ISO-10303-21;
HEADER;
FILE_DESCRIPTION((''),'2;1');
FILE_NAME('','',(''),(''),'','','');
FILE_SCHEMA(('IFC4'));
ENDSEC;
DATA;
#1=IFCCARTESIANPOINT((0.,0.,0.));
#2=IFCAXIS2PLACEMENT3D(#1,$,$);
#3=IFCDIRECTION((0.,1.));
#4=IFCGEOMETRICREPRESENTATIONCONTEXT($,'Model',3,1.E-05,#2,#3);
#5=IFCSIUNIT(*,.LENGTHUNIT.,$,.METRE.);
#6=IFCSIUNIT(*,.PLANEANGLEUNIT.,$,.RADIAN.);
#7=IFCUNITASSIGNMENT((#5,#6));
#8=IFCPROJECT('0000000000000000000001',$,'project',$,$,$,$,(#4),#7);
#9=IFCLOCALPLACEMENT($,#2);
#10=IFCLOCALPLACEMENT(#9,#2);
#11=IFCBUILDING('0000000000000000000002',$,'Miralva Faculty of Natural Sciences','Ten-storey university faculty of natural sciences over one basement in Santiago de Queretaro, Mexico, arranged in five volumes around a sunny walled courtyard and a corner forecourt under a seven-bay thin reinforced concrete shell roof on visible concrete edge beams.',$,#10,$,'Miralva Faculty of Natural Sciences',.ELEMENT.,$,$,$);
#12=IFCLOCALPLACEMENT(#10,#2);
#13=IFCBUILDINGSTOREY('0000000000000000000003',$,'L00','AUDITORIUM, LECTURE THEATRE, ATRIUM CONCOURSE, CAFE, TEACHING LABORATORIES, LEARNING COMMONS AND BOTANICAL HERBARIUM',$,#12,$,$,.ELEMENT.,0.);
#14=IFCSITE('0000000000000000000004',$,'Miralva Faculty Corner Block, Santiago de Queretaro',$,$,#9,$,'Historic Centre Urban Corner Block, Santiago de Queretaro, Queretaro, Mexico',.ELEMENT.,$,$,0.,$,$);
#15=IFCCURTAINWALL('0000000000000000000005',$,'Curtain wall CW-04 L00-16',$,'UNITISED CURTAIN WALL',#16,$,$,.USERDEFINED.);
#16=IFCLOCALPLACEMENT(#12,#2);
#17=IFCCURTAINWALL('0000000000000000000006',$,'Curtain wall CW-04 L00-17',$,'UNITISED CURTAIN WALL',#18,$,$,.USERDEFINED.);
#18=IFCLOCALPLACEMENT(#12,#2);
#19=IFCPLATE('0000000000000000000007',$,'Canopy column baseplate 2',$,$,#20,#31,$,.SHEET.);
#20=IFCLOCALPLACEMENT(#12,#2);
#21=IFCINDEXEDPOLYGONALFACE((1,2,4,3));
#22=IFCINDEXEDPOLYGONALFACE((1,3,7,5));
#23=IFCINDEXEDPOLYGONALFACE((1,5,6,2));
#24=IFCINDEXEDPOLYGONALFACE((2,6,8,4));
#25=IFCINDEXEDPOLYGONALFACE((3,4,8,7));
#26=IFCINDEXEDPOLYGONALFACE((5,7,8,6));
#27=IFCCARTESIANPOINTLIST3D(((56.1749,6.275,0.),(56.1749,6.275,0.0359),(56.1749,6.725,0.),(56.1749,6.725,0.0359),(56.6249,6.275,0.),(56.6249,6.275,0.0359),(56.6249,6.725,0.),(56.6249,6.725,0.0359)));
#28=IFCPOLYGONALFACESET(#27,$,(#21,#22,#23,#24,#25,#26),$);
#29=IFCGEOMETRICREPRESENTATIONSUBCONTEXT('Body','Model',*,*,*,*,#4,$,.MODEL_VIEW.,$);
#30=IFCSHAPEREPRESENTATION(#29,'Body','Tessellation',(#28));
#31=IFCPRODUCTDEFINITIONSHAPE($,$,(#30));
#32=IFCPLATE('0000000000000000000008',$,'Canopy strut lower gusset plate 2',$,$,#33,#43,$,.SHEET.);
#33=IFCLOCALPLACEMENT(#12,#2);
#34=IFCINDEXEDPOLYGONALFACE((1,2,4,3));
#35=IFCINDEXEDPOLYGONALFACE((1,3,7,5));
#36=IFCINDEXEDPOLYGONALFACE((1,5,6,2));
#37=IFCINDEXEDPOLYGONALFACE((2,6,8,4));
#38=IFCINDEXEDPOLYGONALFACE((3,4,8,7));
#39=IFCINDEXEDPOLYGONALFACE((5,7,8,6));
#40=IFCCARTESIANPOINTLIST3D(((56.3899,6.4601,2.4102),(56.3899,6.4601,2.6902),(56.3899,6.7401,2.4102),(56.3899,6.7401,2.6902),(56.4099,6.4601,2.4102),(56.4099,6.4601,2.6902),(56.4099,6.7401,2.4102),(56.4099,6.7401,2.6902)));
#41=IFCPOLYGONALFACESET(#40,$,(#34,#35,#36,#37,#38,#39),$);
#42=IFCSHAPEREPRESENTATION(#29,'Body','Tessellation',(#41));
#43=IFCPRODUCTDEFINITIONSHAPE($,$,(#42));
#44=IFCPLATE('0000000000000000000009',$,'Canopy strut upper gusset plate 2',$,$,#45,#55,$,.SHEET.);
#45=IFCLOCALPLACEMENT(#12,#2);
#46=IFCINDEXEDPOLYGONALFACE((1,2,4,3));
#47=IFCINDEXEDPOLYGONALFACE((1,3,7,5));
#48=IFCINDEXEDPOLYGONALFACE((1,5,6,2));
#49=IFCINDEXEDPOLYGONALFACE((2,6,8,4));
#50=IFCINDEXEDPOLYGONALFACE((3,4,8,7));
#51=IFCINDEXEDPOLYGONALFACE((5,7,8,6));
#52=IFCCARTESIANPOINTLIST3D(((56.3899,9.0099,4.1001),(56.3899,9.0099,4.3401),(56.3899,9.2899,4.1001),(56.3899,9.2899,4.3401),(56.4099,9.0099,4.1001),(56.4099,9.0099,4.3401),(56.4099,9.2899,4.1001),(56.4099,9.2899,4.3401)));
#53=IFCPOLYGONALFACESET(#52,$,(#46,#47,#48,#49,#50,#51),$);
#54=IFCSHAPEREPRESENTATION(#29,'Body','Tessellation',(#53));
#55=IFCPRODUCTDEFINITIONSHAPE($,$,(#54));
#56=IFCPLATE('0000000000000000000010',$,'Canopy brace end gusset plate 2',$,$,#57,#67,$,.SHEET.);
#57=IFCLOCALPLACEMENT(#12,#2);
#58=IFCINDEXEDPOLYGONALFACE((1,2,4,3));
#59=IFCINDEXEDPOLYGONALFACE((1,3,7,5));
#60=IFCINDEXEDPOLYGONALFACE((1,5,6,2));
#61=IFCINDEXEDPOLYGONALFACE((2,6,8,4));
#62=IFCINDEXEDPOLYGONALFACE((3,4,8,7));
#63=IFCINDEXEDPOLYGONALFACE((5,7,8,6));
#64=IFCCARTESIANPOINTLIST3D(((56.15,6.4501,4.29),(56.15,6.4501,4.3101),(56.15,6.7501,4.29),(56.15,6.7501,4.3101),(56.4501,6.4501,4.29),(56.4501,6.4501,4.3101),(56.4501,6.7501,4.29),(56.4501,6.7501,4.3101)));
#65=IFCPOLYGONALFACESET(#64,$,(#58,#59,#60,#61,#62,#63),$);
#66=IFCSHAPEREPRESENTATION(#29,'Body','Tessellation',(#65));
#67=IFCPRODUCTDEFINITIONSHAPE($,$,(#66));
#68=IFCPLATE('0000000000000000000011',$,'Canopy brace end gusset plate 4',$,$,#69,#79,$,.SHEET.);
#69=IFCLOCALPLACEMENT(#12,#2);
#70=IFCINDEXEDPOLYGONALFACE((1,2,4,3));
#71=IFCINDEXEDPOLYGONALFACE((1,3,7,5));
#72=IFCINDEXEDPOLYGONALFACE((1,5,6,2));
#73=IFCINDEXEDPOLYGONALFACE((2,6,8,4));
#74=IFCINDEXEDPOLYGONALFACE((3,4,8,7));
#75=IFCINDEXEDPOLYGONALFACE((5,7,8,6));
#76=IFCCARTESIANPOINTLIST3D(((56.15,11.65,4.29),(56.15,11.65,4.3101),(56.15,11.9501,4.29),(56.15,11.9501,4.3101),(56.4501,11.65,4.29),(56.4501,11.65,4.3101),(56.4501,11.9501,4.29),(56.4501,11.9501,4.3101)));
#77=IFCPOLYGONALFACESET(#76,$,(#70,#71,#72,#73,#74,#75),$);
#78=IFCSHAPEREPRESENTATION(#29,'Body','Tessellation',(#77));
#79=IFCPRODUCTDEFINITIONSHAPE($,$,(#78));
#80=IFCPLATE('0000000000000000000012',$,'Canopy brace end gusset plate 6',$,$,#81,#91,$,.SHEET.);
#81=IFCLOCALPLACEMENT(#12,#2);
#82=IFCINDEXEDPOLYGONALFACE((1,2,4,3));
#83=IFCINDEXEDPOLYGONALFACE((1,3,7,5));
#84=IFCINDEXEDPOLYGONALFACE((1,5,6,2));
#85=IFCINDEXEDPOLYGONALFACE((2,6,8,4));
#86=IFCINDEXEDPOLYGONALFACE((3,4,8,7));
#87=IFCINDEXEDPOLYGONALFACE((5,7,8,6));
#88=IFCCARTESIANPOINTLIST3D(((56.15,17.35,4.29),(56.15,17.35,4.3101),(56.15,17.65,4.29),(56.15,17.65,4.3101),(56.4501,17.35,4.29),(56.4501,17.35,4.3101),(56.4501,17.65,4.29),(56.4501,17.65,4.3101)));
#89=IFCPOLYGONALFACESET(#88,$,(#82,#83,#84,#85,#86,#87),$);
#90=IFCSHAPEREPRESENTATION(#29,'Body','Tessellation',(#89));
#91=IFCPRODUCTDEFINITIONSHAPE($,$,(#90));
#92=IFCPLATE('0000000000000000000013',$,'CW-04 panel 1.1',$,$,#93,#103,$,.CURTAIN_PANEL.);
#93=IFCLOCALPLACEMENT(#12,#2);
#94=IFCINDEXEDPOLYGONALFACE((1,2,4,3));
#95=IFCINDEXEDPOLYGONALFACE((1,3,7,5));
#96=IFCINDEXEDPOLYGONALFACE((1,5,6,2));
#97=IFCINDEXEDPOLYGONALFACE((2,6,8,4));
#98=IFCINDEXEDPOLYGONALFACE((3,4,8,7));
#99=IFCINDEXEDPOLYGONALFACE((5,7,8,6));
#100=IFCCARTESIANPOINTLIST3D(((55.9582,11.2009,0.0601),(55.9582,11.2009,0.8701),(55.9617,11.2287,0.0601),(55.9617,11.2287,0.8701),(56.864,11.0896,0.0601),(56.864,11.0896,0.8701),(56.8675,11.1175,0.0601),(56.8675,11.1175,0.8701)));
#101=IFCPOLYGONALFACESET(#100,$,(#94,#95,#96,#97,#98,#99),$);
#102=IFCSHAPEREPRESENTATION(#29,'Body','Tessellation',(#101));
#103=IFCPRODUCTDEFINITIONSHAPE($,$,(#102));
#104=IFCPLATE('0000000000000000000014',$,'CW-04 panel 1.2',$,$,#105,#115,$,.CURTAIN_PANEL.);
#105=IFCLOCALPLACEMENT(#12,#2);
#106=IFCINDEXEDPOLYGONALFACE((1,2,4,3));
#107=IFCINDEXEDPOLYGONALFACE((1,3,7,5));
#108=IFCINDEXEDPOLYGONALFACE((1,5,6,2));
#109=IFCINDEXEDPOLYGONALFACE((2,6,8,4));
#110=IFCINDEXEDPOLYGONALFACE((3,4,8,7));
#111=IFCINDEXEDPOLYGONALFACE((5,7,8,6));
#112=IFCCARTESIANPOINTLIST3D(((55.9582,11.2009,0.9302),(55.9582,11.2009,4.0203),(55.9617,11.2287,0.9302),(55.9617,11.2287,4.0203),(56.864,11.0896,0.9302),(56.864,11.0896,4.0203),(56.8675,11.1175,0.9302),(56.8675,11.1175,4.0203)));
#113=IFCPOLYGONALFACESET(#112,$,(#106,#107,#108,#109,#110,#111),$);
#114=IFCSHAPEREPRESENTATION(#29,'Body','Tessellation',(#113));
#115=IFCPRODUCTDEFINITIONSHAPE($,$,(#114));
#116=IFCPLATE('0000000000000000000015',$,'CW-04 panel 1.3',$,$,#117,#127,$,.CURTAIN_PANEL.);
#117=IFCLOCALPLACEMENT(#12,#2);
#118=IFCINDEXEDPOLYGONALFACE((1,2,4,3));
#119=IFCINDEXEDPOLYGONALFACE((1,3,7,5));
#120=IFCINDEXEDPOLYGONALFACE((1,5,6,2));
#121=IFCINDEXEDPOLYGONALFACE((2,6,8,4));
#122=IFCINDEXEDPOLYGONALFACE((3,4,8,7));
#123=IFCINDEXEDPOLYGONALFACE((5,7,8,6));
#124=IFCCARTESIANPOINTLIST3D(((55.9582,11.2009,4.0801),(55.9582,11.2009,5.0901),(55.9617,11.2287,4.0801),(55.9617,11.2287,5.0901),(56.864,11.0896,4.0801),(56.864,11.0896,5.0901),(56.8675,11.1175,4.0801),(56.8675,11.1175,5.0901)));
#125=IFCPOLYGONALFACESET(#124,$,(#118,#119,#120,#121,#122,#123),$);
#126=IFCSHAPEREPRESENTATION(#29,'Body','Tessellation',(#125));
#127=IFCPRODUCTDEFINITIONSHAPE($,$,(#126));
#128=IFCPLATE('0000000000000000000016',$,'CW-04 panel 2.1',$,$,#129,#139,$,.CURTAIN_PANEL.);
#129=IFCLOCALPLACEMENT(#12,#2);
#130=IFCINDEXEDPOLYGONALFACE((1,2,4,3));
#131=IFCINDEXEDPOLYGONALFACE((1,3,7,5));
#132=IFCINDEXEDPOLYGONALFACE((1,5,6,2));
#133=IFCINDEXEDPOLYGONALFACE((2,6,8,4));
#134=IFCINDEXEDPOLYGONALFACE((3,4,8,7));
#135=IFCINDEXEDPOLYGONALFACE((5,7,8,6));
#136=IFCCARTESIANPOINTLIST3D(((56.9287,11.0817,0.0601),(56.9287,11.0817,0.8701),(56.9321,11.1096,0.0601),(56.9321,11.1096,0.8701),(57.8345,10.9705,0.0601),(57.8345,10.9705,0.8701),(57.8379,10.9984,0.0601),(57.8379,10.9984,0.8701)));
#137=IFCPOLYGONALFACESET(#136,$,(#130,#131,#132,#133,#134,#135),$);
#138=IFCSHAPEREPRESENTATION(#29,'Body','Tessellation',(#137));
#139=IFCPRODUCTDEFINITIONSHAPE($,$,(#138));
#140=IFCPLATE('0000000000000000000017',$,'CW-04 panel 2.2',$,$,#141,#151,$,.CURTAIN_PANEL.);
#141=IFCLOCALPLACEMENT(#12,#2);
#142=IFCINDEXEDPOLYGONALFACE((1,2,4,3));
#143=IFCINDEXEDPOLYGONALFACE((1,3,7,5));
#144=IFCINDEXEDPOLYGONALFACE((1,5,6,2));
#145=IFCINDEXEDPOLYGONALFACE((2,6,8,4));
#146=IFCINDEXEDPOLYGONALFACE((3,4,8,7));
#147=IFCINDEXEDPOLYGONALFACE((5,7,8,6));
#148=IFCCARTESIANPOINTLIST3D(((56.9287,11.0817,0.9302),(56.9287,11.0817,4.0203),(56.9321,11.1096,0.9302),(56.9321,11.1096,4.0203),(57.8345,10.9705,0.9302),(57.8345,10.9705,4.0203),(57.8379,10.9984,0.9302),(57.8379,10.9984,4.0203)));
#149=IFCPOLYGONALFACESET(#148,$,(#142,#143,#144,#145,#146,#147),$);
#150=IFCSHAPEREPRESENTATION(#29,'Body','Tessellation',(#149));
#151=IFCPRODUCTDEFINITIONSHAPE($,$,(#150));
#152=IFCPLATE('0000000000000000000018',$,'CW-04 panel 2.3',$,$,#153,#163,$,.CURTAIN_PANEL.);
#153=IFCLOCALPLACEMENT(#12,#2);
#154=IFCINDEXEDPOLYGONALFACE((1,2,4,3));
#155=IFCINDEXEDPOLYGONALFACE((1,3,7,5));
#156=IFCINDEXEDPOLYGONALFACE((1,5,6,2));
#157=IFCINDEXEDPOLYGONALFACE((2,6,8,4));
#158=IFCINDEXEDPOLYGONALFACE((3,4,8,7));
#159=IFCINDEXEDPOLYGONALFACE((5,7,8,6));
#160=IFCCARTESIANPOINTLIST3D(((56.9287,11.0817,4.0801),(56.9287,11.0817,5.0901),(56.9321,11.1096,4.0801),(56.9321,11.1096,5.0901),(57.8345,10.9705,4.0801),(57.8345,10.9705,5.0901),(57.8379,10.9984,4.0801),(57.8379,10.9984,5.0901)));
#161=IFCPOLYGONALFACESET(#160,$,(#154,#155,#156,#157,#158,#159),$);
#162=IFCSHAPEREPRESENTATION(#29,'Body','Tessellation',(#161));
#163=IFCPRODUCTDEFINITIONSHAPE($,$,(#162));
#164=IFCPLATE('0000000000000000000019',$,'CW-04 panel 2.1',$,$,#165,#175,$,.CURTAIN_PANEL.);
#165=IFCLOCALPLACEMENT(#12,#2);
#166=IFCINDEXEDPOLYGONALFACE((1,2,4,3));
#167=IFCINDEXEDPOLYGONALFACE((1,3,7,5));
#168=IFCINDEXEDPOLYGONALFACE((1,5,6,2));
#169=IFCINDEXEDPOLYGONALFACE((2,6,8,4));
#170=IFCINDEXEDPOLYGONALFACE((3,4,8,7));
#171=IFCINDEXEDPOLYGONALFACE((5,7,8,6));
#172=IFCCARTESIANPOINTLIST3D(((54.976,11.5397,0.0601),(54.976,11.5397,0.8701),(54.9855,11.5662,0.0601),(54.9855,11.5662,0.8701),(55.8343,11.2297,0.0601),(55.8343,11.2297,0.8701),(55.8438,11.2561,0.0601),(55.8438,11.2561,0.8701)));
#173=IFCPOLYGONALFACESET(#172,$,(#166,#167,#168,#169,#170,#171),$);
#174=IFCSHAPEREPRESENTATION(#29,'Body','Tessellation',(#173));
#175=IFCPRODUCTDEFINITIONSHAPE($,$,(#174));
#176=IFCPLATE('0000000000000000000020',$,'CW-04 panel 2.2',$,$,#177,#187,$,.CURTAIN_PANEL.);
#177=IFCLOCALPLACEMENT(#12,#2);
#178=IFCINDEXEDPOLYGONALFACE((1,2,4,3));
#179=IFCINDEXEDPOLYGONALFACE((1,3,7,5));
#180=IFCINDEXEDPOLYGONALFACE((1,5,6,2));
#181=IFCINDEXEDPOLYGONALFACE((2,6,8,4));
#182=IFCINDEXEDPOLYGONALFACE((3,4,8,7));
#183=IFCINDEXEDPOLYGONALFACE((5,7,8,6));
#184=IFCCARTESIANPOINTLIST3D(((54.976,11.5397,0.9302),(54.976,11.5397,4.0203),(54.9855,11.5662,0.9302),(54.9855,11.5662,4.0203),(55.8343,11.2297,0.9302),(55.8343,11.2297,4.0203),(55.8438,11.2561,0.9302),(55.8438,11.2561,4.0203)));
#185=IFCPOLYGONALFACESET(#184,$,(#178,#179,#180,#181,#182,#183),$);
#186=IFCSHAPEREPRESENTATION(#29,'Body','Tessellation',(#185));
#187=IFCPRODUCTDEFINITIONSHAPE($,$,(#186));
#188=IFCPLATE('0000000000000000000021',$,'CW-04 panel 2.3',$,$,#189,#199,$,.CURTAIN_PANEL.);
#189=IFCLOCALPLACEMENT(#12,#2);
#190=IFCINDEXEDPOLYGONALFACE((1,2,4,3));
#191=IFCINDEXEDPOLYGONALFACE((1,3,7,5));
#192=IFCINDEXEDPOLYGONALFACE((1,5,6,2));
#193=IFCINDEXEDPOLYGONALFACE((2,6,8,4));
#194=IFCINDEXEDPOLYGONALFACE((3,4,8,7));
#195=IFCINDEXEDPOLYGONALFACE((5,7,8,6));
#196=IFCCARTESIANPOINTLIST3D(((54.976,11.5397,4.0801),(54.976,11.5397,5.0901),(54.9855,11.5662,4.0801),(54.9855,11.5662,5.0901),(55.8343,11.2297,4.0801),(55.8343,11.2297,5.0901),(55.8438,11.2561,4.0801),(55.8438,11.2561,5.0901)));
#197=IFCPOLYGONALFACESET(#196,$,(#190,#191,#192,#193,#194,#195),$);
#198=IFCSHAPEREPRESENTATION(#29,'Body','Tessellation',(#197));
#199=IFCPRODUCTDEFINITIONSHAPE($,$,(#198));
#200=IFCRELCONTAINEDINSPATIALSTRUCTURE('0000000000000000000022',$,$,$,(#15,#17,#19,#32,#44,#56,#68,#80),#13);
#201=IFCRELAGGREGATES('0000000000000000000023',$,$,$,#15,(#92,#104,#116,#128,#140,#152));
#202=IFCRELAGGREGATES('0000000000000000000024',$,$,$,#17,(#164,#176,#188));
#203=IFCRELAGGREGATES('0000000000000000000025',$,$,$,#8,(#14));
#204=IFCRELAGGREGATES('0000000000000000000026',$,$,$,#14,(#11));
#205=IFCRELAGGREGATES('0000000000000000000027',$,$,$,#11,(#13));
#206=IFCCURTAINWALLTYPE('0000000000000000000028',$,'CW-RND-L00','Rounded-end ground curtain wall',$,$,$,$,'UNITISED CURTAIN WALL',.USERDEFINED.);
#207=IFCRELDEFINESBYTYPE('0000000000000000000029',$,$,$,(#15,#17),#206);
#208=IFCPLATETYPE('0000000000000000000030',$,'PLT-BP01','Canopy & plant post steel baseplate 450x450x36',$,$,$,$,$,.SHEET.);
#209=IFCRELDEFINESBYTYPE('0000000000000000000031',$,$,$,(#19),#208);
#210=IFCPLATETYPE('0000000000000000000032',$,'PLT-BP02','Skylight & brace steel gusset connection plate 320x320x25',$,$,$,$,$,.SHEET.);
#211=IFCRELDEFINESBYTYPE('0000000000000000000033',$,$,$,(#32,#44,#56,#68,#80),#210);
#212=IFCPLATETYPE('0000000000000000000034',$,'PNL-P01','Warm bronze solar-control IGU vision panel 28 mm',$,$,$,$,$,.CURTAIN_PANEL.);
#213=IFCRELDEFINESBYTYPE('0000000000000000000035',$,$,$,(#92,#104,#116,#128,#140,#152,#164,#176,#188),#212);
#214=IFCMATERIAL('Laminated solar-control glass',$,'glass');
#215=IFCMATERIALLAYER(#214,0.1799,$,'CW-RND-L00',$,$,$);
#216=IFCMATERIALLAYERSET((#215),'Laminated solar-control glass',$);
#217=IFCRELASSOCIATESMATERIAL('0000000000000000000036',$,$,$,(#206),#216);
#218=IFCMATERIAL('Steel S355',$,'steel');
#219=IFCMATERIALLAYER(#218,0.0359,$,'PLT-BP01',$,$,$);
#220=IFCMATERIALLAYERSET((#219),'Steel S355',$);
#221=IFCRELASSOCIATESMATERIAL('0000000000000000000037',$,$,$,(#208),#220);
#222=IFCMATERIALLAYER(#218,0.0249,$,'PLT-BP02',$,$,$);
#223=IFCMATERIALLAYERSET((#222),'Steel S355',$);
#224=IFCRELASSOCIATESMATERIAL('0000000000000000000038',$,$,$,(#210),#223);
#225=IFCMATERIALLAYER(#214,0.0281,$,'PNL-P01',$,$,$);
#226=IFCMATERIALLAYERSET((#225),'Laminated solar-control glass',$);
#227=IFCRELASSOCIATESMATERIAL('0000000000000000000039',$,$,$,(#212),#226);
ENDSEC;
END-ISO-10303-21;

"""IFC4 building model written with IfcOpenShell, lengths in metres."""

from ifc_helpers import new_model, si_unit, direction, frame, origin, origin_2d, place, context, subcontext, project, spatial, rectangle, extrude, material, layer, layer_set, type_object, element, aggregate, save


model = new_model("IFC4")

# Units and contexts
model_context = context("Model", 3, precision=1e-05, world=origin(), true_north=direction((0.0, 1.0)))
body_context = subcontext(model_context, "Body", "Model", "MODEL_VIEW")
ifc_project = project(units=[si_unit("LENGTHUNIT", "METRE"), si_unit("PLANEANGLEUNIT", "RADIAN")], contexts=[model_context])

# Site, building, storey
site_placement = place(None, origin())
site = spatial("IfcSite", under=ifc_project, at=site_placement, Name="Miralva Faculty Corner Block, Santiago de Queretaro", LongName="Historic Centre Urban Corner Block, Santiago de Queretaro, Queretaro, Mexico", CompositionType="ELEMENT", RefElevation=0.0)
building_placement = place(site_placement, origin())
building = spatial("IfcBuilding", under=site, at=building_placement, Name="Miralva Faculty of Natural Sciences", Description="Ten-storey university faculty of natural sciences over one basement in Santiago de Queretaro, Mexico, arranged in five volumes around a sunny walled courtyard and a corner forecourt under a seven-bay thin reinforced concrete shell roof on visible concrete edge beams.", LongName="Miralva Faculty of Natural Sciences", CompositionType="ELEMENT")
storey_placement = place(building_placement, origin())
storey = spatial("IfcBuildingStorey", under=building, at=storey_placement, Name="L00", Description="AUDITORIUM, LECTURE THEATRE, ATRIUM CONCOURSE, CAFE, TEACHING LABORATORIES, LEARNING COMMONS AND BOTANICAL HERBARIUM", CompositionType="ELEMENT", Elevation=0.0)

# Shared definitions
ifc_material_1 = material(Name="Steel S355", Category="steel")

# Shared definitions
ifc_material_2 = material(Name="Laminated solar-control glass", Category="glass")
ifc_layer_1 = layer(ifc_material_2, 0.1799, Name="CW-RND-L00")
ifc_layer_set_1 = layer_set([ifc_layer_1], Name="Laminated solar-control glass")
curtain_wall_type = type_object("IfcCurtainWallType", Name="CW-RND-L00", Description="Rounded-end ground curtain wall", ElementType="UNITISED CURTAIN WALL", PredefinedType="USERDEFINED", material=ifc_layer_set_1)

# Curtain wall
curtain_wall_1_placement = place(storey_placement, origin())
curtain_wall_1 = element("IfcCurtainWall", 1, at=curtain_wall_1_placement, inside=storey, type_object=curtain_wall_type, Name="Curtain wall CW-04 L00-16", ObjectType="UNITISED CURTAIN WALL", PredefinedType="USERDEFINED")

# Curtain wall
curtain_wall_2_placement = place(storey_placement, origin())
curtain_wall_2 = element("IfcCurtainWall", 2, at=curtain_wall_2_placement, inside=storey, type_object=curtain_wall_type, Name="Curtain wall CW-04 L00-17", ObjectType="UNITISED CURTAIN WALL", PredefinedType="USERDEFINED")

# Plates
ifc_layer_2 = layer(ifc_material_1, 0.0359, Name="PLT-BP01")
ifc_layer_set_2 = layer_set([ifc_layer_2], Name="Steel S355")
plate_type_1 = type_object("IfcPlateType", Name="PLT-BP01", Description="Canopy & plant post steel baseplate 450x450x36", PredefinedType="SHEET", material=ifc_layer_set_2)
plate_1_placement = place(storey_placement, frame((56.3999, 6.5, 0.0), z_axis=(0.0, 0.0, 1.0), x_axis=(1.0, 0.0, 0.0)))
element("IfcPlate", 3, at=plate_1_placement, inside=storey, type_object=plate_type_1, Name="Canopy column baseplate 2", PredefinedType="SHEET", context=body_context, shape_type="SweptSolid", body=[
    extrude(rectangle(XDim=0.45, YDim=0.45, at=origin_2d()), origin(), (0.0, 0.0, 1.0), 0.0359),
])
ifc_layer_3 = layer(ifc_material_1, 0.0249, Name="PLT-BP02")
ifc_layer_set_3 = layer_set([ifc_layer_3], Name="Steel S355")
plate_type_2 = type_object("IfcPlateType", Name="PLT-BP02", Description="Skylight & brace steel gusset connection plate 320x320x25", PredefinedType="SHEET", material=ifc_layer_set_3)
plate_2_placement = place(storey_placement, frame((56.3999, 6.6001, 2.4102), z_axis=(0.0, 0.0, 1.0), x_axis=(1.0, 0.0, 0.0)))
element("IfcPlate", 4, at=plate_2_placement, inside=storey, type_object=plate_type_2, Name="Canopy strut lower gusset plate 2", PredefinedType="SHEET", context=body_context, shape_type="SweptSolid", body=[
    extrude(rectangle(XDim=0.02, YDim=0.28, at=origin_2d()), origin(), (0.0, 0.0, 1.0), 0.28),
])
plate_3_placement = place(storey_placement, frame((56.3999, 9.1499, 4.1001), z_axis=(0.0, 0.0, 1.0), x_axis=(1.0, 0.0, 0.0)))
element("IfcPlate", 5, at=plate_3_placement, inside=storey, type_object=plate_type_2, Name="Canopy strut upper gusset plate 2", PredefinedType="SHEET", context=body_context, shape_type="SweptSolid", body=[
    extrude(rectangle(XDim=0.02, YDim=0.28, at=origin_2d()), origin(), (0.0, 0.0, 1.0), 0.24),
])
for number, where, z_axis, x_axis, name in (
    (6, (56.3, 6.6001, 4.29), (0.0, 0.0, 1.0), (1.0, 0.0, 0.0), "Canopy brace end gusset plate 2"),
    (7, (56.3, 11.8, 4.29), (0.0, 0.0, 1.0), (1.0, 0.0, 0.0), "Canopy brace end gusset plate 4"),
    (8, (56.3, 17.5, 4.29), (0.0, 0.0, 1.0), (1.0, 0.0, 0.0), "Canopy brace end gusset plate 6"),
):
    element("IfcPlate", number, at=place(storey_placement, frame(where, z_axis=z_axis, x_axis=x_axis)), inside=storey, type_object=plate_type_2, Name=name, PredefinedType="SHEET", context=body_context, shape_type="SweptSolid", body=[
        extrude(rectangle(XDim=0.3, YDim=0.3, at=origin_2d()), origin(), (0.0, 0.0, 1.0), 0.02),
    ])

# Plates
ifc_layer_4 = layer(ifc_material_2, 0.0281, Name="PNL-P01")
ifc_layer_set_4 = layer_set([ifc_layer_4], Name="Laminated solar-control glass")
plate_type_3 = type_object("IfcPlateType", Name="PNL-P01", Description="Warm bronze solar-control IGU vision panel 28 mm", PredefinedType="CURTAIN_PANEL", material=ifc_layer_set_4)
plate_4_placement = place(storey_placement, frame((56.4128, 11.1592, 0.0601), z_axis=(0.0, 0.0, 1.0), x_axis=(0.992547, -0.12186, 0.0)))
plate_4 = element("IfcPlate", 9, at=plate_4_placement, type_object=plate_type_3, Name="CW-04 panel 1.1", PredefinedType="CURTAIN_PANEL", context=body_context, shape_type="SweptSolid", body=[
    extrude(rectangle(XDim=0.9126, YDim=0.0281, at=origin_2d()), origin(), (0.0, 0.0, 1.0), 0.8101),
])
plate_5_placement = place(storey_placement, frame((56.4128, 11.1592, 0.9302), z_axis=(0.0, 0.0, 1.0), x_axis=(0.992547, -0.12186, 0.0)))
plate_5 = element("IfcPlate", 10, at=plate_5_placement, type_object=plate_type_3, Name="CW-04 panel 1.2", PredefinedType="CURTAIN_PANEL", context=body_context, shape_type="SweptSolid", body=[
    extrude(rectangle(XDim=0.9126, YDim=0.0281, at=origin_2d()), origin(), (0.0, 0.0, 1.0), 3.0901),
])
plate_6_placement = place(storey_placement, frame((56.4128, 11.1592, 4.0801), z_axis=(0.0, 0.0, 1.0), x_axis=(0.992547, -0.12186, 0.0)))
plate_6 = element("IfcPlate", 11, at=plate_6_placement, type_object=plate_type_3, Name="CW-04 panel 1.3", PredefinedType="CURTAIN_PANEL", context=body_context, shape_type="SweptSolid", body=[
    extrude(rectangle(XDim=0.9126, YDim=0.0281, at=origin_2d()), origin(), (0.0, 0.0, 1.0), 1.01),
])
plate_7_placement = place(storey_placement, frame((57.3833, 11.04, 0.0601), z_axis=(0.0, 0.0, 1.0), x_axis=(0.992547, -0.12186, 0.0)))
plate_7 = element("IfcPlate", 12, at=plate_7_placement, type_object=plate_type_3, Name="CW-04 panel 2.1", PredefinedType="CURTAIN_PANEL", context=body_context, shape_type="SweptSolid", body=[
    extrude(rectangle(XDim=0.9126, YDim=0.0281, at=origin_2d()), origin(), (0.0, 0.0, 1.0), 0.8101),
])
plate_8_placement = place(storey_placement, frame((57.3833, 11.04, 0.9302), z_axis=(0.0, 0.0, 1.0), x_axis=(0.992547, -0.12186, 0.0)))
plate_8 = element("IfcPlate", 13, at=plate_8_placement, type_object=plate_type_3, Name="CW-04 panel 2.2", PredefinedType="CURTAIN_PANEL", context=body_context, shape_type="SweptSolid", body=[
    extrude(rectangle(XDim=0.9126, YDim=0.0281, at=origin_2d()), origin(), (0.0, 0.0, 1.0), 3.0901),
])
plate_9_placement = place(storey_placement, frame((57.3833, 11.04, 4.0801), z_axis=(0.0, 0.0, 1.0), x_axis=(0.992547, -0.12186, 0.0)))
plate_9 = element("IfcPlate", 14, at=plate_9_placement, type_object=plate_type_3, Name="CW-04 panel 2.3", PredefinedType="CURTAIN_PANEL", context=body_context, shape_type="SweptSolid", body=[
    extrude(rectangle(XDim=0.9126, YDim=0.0281, at=origin_2d()), origin(), (0.0, 0.0, 1.0), 1.01),
])
aggregate(curtain_wall_1, [plate_4, plate_5, plate_6, plate_7, plate_8, plate_9])
plate_10_placement = place(storey_placement, frame((55.4099, 11.3979, 0.0601), z_axis=(0.0, 0.0, 1.0), x_axis=(0.940535, -0.339696, 0.0)))
plate_10 = element("IfcPlate", 15, at=plate_10_placement, type_object=plate_type_3, Name="CW-04 panel 2.1", PredefinedType="CURTAIN_PANEL", context=body_context, shape_type="SweptSolid", body=[
    extrude(rectangle(XDim=0.9126, YDim=0.0281, at=origin_2d()), origin(), (0.0, 0.0, 1.0), 0.8101),
])
plate_11_placement = place(storey_placement, frame((55.4099, 11.3979, 0.9302), z_axis=(0.0, 0.0, 1.0), x_axis=(0.940535, -0.339696, 0.0)))
plate_11 = element("IfcPlate", 16, at=plate_11_placement, type_object=plate_type_3, Name="CW-04 panel 2.2", PredefinedType="CURTAIN_PANEL", context=body_context, shape_type="SweptSolid", body=[
    extrude(rectangle(XDim=0.9126, YDim=0.0281, at=origin_2d()), origin(), (0.0, 0.0, 1.0), 3.0901),
])
plate_12_placement = place(storey_placement, frame((55.4099, 11.3979, 4.0801), z_axis=(0.0, 0.0, 1.0), x_axis=(0.940535, -0.339696, 0.0)))
plate_12 = element("IfcPlate", 17, at=plate_12_placement, type_object=plate_type_3, Name="CW-04 panel 2.3", PredefinedType="CURTAIN_PANEL", context=body_context, shape_type="SweptSolid", body=[
    extrude(rectangle(XDim=0.9126, YDim=0.0281, at=origin_2d()), origin(), (0.0, 0.0, 1.0), 1.01),
])
aggregate(curtain_wall_2, [plate_10, plate_11, plate_12])

save(model, "model.ifc")
